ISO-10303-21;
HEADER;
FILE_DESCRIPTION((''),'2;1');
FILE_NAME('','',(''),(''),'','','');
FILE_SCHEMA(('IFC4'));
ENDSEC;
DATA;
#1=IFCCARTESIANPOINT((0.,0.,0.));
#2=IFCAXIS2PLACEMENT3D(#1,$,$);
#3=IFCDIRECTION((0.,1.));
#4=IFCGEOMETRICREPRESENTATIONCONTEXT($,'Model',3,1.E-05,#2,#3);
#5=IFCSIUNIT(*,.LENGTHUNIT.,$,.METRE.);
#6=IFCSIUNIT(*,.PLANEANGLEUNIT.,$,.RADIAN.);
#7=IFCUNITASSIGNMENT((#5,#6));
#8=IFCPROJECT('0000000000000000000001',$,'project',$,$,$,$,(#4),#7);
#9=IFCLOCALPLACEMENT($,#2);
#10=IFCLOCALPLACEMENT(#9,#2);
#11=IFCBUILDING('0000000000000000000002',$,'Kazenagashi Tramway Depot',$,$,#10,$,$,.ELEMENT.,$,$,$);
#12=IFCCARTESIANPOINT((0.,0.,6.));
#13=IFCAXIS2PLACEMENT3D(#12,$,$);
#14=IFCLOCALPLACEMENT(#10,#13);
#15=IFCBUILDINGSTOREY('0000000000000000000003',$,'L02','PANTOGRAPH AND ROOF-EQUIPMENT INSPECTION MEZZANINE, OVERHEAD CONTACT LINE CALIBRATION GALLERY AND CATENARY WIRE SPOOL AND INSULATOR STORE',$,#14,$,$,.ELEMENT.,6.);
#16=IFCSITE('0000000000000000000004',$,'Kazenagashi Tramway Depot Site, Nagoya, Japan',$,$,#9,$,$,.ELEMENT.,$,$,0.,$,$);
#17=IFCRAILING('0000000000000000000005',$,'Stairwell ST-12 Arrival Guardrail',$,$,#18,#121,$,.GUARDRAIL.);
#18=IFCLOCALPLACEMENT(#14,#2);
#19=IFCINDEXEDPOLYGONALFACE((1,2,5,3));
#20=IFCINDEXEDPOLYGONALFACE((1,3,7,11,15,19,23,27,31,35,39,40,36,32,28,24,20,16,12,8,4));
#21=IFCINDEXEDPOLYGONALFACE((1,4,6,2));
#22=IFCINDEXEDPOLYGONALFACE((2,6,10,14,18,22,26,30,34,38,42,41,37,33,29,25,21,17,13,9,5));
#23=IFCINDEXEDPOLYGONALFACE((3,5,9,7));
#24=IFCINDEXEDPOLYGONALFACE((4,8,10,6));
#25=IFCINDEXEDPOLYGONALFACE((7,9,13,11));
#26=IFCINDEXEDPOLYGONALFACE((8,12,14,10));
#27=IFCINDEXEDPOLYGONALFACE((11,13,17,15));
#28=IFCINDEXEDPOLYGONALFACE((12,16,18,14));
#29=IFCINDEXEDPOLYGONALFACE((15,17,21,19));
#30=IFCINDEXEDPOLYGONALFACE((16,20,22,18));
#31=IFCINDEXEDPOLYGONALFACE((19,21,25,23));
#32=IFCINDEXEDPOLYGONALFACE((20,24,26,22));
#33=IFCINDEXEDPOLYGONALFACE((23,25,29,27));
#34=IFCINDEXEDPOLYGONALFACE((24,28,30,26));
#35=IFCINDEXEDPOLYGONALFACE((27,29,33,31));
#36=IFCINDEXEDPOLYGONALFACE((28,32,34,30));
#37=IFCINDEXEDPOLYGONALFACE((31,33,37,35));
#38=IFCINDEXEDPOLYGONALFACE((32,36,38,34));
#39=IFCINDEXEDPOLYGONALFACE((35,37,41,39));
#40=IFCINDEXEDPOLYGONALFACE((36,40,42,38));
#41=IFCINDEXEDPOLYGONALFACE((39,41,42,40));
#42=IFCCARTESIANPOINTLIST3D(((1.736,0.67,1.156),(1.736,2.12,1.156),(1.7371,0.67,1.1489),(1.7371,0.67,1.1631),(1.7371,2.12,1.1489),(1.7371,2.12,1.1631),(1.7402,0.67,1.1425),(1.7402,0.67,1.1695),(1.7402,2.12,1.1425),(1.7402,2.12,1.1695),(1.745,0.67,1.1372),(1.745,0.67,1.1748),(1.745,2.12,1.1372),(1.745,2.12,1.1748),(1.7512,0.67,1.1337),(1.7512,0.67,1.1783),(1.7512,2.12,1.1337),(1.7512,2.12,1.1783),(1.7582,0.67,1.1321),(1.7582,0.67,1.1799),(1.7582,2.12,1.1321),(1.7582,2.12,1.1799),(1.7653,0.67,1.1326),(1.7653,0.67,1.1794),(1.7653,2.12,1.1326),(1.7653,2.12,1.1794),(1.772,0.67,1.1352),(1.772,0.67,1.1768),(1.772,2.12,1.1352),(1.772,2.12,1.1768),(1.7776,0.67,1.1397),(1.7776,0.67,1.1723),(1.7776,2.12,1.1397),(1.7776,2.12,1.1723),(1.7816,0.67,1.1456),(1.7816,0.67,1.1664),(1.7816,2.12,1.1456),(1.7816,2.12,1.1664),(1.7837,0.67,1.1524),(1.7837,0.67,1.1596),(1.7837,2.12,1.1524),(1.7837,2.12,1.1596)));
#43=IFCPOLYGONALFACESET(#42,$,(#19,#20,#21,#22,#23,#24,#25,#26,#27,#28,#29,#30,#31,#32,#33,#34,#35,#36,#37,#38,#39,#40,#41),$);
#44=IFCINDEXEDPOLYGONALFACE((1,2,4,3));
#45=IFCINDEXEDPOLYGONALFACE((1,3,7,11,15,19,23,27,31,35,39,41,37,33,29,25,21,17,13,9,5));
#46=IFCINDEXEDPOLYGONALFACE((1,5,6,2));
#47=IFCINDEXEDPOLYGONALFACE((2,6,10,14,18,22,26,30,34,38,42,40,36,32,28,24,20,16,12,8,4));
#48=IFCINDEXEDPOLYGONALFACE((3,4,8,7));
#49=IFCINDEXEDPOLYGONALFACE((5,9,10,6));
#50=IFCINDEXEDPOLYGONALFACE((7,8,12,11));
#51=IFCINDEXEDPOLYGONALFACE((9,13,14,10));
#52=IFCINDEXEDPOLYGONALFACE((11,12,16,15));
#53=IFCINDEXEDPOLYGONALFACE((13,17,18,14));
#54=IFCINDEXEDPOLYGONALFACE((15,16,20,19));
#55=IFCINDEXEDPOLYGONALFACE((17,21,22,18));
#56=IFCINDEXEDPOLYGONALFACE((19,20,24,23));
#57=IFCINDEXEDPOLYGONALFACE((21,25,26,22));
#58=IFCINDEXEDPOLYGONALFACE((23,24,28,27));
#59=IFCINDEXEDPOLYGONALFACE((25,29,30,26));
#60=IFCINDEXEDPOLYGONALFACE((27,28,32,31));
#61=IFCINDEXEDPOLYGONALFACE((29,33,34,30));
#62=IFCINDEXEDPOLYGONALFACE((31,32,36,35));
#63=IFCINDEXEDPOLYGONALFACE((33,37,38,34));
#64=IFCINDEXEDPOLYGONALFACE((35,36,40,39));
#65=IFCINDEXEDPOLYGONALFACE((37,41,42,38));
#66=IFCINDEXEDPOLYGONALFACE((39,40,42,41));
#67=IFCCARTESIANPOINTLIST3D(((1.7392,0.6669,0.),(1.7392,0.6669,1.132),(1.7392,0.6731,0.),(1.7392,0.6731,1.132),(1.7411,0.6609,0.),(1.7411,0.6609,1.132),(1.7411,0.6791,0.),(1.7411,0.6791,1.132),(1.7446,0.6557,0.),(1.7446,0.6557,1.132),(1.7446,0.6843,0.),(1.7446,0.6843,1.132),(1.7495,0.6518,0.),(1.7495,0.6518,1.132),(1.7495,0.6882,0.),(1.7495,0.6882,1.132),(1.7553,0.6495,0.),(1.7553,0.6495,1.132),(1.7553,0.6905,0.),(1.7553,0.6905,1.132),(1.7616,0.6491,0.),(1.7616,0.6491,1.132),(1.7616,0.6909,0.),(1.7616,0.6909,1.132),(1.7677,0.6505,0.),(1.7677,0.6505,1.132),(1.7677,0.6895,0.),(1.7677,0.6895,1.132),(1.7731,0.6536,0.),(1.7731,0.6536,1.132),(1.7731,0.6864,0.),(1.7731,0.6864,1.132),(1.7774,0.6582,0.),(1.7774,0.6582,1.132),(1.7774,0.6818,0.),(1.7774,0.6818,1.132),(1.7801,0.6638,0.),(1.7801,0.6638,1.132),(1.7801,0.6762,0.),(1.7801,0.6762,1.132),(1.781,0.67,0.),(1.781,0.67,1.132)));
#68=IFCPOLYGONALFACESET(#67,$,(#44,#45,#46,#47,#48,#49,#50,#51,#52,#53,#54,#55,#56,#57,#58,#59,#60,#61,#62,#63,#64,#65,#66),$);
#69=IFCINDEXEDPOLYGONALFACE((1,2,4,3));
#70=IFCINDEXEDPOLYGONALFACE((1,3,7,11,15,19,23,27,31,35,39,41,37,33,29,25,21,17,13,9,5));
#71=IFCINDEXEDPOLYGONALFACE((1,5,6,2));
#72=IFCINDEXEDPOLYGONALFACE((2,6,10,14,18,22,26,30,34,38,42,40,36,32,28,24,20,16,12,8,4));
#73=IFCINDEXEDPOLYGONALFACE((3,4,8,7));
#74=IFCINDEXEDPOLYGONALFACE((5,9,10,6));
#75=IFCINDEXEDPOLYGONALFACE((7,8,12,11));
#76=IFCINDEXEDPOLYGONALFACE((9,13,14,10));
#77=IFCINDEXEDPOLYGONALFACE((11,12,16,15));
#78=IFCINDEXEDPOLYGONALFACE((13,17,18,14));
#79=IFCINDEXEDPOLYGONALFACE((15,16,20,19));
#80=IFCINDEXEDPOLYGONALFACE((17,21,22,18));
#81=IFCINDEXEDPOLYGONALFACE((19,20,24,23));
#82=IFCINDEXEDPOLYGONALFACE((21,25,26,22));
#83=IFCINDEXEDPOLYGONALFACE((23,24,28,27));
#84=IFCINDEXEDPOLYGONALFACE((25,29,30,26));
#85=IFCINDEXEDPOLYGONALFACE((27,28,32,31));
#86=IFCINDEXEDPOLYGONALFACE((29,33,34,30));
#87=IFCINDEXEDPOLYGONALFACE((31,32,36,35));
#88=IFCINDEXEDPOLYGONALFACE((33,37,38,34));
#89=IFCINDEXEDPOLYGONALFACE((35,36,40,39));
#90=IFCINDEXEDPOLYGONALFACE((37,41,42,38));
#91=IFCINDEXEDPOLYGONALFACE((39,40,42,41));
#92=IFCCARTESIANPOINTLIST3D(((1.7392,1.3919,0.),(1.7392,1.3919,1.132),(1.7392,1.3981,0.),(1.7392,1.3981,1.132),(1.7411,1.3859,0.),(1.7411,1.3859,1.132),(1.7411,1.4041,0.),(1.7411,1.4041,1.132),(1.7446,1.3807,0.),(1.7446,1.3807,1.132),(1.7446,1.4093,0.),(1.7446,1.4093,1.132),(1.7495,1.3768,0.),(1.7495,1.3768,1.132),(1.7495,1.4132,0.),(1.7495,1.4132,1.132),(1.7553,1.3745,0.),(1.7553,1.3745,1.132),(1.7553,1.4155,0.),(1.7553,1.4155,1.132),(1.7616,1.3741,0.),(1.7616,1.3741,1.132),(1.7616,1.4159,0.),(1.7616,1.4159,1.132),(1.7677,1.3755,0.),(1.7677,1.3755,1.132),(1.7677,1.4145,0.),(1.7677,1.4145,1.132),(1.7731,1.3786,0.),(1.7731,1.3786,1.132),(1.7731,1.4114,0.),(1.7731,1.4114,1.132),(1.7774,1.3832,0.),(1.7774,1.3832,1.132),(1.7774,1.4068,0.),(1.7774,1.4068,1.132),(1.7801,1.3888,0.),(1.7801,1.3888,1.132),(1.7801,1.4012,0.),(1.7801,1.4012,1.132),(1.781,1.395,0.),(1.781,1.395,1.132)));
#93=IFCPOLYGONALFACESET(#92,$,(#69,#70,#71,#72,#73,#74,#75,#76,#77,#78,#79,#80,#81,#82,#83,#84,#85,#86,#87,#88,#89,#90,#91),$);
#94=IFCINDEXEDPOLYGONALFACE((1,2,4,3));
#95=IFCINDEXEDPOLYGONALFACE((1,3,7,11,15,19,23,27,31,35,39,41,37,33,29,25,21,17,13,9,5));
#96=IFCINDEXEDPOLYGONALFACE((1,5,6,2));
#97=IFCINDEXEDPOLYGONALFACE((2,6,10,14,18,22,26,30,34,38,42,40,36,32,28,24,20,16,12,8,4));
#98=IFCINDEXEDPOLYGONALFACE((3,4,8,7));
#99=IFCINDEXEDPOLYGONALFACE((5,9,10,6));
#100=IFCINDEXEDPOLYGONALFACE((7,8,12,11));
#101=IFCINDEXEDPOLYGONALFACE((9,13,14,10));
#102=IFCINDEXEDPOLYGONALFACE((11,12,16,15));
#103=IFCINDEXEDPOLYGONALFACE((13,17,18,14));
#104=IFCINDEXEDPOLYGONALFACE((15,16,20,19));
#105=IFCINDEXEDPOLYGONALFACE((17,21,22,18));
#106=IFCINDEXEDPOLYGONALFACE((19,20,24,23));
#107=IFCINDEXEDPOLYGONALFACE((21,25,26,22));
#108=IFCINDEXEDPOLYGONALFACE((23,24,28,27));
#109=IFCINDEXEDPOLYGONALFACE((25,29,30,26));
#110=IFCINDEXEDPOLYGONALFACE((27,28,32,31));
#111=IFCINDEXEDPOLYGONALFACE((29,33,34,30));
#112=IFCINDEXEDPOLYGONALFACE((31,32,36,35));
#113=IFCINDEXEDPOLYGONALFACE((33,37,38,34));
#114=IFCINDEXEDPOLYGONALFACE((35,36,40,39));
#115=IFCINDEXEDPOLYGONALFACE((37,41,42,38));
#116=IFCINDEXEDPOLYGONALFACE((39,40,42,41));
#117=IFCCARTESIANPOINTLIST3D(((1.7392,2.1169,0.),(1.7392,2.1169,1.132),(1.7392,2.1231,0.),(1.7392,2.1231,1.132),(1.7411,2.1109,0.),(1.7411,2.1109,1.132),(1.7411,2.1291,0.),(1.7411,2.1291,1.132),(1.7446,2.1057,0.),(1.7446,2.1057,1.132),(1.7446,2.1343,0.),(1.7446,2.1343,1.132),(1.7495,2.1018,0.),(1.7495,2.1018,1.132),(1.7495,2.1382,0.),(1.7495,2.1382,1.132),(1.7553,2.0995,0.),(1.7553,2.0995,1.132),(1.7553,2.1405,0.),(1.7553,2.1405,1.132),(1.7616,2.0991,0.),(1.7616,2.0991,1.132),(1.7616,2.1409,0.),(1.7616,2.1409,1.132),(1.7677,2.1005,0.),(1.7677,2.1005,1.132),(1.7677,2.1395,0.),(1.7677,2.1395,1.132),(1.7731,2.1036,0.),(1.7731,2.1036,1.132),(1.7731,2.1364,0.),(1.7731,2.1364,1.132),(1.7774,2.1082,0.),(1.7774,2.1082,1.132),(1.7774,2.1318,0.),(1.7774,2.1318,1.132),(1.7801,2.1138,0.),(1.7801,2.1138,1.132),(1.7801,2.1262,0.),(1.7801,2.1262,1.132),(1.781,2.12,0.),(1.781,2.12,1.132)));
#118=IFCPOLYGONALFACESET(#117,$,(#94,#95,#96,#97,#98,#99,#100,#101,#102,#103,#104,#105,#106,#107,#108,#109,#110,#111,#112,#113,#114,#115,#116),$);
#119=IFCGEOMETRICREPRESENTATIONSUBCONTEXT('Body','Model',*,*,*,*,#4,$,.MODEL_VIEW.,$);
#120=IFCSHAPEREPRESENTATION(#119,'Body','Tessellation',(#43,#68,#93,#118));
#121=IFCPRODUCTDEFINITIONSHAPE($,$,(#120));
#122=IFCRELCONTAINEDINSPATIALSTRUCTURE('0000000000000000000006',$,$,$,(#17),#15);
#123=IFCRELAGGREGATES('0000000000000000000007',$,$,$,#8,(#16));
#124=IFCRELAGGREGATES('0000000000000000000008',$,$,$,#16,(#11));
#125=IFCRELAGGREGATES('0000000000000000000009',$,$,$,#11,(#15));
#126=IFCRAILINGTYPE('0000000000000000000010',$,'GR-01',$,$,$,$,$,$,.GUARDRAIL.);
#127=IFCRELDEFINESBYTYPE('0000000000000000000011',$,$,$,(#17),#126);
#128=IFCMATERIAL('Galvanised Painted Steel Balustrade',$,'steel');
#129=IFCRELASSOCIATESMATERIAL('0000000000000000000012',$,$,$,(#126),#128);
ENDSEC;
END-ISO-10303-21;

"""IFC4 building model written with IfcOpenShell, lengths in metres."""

from ifc_helpers import new_model, si_unit, direction, frame, origin, origin_2d, place, context, subcontext, project, spatial, circle, extrude, material, type_object, element, save


model = new_model("IFC4")

# Units and contexts
model_context = context("Model", 3, precision=1e-05, world=origin(), true_north=direction((0.0, 1.0)))
body_context = subcontext(model_context, "Body", "Model", "MODEL_VIEW")
ifc_project = project(units=[si_unit("LENGTHUNIT", "METRE"), si_unit("PLANEANGLEUNIT", "RADIAN")], contexts=[model_context])

# Site, building, storey
site_placement = place(None, origin())
site = spatial("IfcSite", under=ifc_project, at=site_placement, Name="Kazenagashi Tramway Depot Site, Nagoya, Japan", CompositionType="ELEMENT", RefElevation=0.0)
building_placement = place(site_placement, origin())
building = spatial("IfcBuilding", under=site, at=building_placement, Name="Kazenagashi Tramway Depot", CompositionType="ELEMENT")
storey_placement = place(building_placement, frame((0.0, 0.0, 6.0)))
storey = spatial("IfcBuildingStorey", under=building, at=storey_placement, Name="L02", Description="PANTOGRAPH AND ROOF-EQUIPMENT INSPECTION MEZZANINE, OVERHEAD CONTACT LINE CALIBRATION GALLERY AND CATENARY WIRE SPOOL AND INSULATOR STORE", CompositionType="ELEMENT", Elevation=6.0)

# Railing
ifc_material_1 = material(Name="Galvanised Painted Steel Balustrade", Category="steel")
railing_type_1 = type_object("IfcRailingType", Name="GR-01", PredefinedType="GUARDRAIL", material=ifc_material_1)
railing_1_placement = place(storey_placement, frame((1.76, 0.67, 0.0)))
element("IfcRailing", 1, at=railing_1_placement, inside=storey, type_object=railing_type_1, Name="Stairwell ST-12 Arrival Guardrail", PredefinedType="GUARDRAIL", context=body_context, shape_type="SweptSolid", body=[
    extrude(circle(Radius=0.024, at=origin_2d()), frame((0.0, 0.0, 1.156), z_axis=(0.0, 1.0, 0.0), x_axis=(-1.0, 0.0, 0.0)), (0.0, 0.0, 1.0), 1.45),
    extrude(circle(Radius=0.021, at=origin_2d()), origin(), (0.0, 0.0, 1.0), 1.132),
    extrude(circle(Radius=0.021, at=origin_2d()), frame((0.0, 0.725, 0.0)), (0.0, 0.0, 1.0), 1.132),
    extrude(circle(Radius=0.021, at=origin_2d()), frame((0.0, 1.45, 0.0)), (0.0, 0.0, 1.0), 1.132),
])

save(model, "model.ifc")
